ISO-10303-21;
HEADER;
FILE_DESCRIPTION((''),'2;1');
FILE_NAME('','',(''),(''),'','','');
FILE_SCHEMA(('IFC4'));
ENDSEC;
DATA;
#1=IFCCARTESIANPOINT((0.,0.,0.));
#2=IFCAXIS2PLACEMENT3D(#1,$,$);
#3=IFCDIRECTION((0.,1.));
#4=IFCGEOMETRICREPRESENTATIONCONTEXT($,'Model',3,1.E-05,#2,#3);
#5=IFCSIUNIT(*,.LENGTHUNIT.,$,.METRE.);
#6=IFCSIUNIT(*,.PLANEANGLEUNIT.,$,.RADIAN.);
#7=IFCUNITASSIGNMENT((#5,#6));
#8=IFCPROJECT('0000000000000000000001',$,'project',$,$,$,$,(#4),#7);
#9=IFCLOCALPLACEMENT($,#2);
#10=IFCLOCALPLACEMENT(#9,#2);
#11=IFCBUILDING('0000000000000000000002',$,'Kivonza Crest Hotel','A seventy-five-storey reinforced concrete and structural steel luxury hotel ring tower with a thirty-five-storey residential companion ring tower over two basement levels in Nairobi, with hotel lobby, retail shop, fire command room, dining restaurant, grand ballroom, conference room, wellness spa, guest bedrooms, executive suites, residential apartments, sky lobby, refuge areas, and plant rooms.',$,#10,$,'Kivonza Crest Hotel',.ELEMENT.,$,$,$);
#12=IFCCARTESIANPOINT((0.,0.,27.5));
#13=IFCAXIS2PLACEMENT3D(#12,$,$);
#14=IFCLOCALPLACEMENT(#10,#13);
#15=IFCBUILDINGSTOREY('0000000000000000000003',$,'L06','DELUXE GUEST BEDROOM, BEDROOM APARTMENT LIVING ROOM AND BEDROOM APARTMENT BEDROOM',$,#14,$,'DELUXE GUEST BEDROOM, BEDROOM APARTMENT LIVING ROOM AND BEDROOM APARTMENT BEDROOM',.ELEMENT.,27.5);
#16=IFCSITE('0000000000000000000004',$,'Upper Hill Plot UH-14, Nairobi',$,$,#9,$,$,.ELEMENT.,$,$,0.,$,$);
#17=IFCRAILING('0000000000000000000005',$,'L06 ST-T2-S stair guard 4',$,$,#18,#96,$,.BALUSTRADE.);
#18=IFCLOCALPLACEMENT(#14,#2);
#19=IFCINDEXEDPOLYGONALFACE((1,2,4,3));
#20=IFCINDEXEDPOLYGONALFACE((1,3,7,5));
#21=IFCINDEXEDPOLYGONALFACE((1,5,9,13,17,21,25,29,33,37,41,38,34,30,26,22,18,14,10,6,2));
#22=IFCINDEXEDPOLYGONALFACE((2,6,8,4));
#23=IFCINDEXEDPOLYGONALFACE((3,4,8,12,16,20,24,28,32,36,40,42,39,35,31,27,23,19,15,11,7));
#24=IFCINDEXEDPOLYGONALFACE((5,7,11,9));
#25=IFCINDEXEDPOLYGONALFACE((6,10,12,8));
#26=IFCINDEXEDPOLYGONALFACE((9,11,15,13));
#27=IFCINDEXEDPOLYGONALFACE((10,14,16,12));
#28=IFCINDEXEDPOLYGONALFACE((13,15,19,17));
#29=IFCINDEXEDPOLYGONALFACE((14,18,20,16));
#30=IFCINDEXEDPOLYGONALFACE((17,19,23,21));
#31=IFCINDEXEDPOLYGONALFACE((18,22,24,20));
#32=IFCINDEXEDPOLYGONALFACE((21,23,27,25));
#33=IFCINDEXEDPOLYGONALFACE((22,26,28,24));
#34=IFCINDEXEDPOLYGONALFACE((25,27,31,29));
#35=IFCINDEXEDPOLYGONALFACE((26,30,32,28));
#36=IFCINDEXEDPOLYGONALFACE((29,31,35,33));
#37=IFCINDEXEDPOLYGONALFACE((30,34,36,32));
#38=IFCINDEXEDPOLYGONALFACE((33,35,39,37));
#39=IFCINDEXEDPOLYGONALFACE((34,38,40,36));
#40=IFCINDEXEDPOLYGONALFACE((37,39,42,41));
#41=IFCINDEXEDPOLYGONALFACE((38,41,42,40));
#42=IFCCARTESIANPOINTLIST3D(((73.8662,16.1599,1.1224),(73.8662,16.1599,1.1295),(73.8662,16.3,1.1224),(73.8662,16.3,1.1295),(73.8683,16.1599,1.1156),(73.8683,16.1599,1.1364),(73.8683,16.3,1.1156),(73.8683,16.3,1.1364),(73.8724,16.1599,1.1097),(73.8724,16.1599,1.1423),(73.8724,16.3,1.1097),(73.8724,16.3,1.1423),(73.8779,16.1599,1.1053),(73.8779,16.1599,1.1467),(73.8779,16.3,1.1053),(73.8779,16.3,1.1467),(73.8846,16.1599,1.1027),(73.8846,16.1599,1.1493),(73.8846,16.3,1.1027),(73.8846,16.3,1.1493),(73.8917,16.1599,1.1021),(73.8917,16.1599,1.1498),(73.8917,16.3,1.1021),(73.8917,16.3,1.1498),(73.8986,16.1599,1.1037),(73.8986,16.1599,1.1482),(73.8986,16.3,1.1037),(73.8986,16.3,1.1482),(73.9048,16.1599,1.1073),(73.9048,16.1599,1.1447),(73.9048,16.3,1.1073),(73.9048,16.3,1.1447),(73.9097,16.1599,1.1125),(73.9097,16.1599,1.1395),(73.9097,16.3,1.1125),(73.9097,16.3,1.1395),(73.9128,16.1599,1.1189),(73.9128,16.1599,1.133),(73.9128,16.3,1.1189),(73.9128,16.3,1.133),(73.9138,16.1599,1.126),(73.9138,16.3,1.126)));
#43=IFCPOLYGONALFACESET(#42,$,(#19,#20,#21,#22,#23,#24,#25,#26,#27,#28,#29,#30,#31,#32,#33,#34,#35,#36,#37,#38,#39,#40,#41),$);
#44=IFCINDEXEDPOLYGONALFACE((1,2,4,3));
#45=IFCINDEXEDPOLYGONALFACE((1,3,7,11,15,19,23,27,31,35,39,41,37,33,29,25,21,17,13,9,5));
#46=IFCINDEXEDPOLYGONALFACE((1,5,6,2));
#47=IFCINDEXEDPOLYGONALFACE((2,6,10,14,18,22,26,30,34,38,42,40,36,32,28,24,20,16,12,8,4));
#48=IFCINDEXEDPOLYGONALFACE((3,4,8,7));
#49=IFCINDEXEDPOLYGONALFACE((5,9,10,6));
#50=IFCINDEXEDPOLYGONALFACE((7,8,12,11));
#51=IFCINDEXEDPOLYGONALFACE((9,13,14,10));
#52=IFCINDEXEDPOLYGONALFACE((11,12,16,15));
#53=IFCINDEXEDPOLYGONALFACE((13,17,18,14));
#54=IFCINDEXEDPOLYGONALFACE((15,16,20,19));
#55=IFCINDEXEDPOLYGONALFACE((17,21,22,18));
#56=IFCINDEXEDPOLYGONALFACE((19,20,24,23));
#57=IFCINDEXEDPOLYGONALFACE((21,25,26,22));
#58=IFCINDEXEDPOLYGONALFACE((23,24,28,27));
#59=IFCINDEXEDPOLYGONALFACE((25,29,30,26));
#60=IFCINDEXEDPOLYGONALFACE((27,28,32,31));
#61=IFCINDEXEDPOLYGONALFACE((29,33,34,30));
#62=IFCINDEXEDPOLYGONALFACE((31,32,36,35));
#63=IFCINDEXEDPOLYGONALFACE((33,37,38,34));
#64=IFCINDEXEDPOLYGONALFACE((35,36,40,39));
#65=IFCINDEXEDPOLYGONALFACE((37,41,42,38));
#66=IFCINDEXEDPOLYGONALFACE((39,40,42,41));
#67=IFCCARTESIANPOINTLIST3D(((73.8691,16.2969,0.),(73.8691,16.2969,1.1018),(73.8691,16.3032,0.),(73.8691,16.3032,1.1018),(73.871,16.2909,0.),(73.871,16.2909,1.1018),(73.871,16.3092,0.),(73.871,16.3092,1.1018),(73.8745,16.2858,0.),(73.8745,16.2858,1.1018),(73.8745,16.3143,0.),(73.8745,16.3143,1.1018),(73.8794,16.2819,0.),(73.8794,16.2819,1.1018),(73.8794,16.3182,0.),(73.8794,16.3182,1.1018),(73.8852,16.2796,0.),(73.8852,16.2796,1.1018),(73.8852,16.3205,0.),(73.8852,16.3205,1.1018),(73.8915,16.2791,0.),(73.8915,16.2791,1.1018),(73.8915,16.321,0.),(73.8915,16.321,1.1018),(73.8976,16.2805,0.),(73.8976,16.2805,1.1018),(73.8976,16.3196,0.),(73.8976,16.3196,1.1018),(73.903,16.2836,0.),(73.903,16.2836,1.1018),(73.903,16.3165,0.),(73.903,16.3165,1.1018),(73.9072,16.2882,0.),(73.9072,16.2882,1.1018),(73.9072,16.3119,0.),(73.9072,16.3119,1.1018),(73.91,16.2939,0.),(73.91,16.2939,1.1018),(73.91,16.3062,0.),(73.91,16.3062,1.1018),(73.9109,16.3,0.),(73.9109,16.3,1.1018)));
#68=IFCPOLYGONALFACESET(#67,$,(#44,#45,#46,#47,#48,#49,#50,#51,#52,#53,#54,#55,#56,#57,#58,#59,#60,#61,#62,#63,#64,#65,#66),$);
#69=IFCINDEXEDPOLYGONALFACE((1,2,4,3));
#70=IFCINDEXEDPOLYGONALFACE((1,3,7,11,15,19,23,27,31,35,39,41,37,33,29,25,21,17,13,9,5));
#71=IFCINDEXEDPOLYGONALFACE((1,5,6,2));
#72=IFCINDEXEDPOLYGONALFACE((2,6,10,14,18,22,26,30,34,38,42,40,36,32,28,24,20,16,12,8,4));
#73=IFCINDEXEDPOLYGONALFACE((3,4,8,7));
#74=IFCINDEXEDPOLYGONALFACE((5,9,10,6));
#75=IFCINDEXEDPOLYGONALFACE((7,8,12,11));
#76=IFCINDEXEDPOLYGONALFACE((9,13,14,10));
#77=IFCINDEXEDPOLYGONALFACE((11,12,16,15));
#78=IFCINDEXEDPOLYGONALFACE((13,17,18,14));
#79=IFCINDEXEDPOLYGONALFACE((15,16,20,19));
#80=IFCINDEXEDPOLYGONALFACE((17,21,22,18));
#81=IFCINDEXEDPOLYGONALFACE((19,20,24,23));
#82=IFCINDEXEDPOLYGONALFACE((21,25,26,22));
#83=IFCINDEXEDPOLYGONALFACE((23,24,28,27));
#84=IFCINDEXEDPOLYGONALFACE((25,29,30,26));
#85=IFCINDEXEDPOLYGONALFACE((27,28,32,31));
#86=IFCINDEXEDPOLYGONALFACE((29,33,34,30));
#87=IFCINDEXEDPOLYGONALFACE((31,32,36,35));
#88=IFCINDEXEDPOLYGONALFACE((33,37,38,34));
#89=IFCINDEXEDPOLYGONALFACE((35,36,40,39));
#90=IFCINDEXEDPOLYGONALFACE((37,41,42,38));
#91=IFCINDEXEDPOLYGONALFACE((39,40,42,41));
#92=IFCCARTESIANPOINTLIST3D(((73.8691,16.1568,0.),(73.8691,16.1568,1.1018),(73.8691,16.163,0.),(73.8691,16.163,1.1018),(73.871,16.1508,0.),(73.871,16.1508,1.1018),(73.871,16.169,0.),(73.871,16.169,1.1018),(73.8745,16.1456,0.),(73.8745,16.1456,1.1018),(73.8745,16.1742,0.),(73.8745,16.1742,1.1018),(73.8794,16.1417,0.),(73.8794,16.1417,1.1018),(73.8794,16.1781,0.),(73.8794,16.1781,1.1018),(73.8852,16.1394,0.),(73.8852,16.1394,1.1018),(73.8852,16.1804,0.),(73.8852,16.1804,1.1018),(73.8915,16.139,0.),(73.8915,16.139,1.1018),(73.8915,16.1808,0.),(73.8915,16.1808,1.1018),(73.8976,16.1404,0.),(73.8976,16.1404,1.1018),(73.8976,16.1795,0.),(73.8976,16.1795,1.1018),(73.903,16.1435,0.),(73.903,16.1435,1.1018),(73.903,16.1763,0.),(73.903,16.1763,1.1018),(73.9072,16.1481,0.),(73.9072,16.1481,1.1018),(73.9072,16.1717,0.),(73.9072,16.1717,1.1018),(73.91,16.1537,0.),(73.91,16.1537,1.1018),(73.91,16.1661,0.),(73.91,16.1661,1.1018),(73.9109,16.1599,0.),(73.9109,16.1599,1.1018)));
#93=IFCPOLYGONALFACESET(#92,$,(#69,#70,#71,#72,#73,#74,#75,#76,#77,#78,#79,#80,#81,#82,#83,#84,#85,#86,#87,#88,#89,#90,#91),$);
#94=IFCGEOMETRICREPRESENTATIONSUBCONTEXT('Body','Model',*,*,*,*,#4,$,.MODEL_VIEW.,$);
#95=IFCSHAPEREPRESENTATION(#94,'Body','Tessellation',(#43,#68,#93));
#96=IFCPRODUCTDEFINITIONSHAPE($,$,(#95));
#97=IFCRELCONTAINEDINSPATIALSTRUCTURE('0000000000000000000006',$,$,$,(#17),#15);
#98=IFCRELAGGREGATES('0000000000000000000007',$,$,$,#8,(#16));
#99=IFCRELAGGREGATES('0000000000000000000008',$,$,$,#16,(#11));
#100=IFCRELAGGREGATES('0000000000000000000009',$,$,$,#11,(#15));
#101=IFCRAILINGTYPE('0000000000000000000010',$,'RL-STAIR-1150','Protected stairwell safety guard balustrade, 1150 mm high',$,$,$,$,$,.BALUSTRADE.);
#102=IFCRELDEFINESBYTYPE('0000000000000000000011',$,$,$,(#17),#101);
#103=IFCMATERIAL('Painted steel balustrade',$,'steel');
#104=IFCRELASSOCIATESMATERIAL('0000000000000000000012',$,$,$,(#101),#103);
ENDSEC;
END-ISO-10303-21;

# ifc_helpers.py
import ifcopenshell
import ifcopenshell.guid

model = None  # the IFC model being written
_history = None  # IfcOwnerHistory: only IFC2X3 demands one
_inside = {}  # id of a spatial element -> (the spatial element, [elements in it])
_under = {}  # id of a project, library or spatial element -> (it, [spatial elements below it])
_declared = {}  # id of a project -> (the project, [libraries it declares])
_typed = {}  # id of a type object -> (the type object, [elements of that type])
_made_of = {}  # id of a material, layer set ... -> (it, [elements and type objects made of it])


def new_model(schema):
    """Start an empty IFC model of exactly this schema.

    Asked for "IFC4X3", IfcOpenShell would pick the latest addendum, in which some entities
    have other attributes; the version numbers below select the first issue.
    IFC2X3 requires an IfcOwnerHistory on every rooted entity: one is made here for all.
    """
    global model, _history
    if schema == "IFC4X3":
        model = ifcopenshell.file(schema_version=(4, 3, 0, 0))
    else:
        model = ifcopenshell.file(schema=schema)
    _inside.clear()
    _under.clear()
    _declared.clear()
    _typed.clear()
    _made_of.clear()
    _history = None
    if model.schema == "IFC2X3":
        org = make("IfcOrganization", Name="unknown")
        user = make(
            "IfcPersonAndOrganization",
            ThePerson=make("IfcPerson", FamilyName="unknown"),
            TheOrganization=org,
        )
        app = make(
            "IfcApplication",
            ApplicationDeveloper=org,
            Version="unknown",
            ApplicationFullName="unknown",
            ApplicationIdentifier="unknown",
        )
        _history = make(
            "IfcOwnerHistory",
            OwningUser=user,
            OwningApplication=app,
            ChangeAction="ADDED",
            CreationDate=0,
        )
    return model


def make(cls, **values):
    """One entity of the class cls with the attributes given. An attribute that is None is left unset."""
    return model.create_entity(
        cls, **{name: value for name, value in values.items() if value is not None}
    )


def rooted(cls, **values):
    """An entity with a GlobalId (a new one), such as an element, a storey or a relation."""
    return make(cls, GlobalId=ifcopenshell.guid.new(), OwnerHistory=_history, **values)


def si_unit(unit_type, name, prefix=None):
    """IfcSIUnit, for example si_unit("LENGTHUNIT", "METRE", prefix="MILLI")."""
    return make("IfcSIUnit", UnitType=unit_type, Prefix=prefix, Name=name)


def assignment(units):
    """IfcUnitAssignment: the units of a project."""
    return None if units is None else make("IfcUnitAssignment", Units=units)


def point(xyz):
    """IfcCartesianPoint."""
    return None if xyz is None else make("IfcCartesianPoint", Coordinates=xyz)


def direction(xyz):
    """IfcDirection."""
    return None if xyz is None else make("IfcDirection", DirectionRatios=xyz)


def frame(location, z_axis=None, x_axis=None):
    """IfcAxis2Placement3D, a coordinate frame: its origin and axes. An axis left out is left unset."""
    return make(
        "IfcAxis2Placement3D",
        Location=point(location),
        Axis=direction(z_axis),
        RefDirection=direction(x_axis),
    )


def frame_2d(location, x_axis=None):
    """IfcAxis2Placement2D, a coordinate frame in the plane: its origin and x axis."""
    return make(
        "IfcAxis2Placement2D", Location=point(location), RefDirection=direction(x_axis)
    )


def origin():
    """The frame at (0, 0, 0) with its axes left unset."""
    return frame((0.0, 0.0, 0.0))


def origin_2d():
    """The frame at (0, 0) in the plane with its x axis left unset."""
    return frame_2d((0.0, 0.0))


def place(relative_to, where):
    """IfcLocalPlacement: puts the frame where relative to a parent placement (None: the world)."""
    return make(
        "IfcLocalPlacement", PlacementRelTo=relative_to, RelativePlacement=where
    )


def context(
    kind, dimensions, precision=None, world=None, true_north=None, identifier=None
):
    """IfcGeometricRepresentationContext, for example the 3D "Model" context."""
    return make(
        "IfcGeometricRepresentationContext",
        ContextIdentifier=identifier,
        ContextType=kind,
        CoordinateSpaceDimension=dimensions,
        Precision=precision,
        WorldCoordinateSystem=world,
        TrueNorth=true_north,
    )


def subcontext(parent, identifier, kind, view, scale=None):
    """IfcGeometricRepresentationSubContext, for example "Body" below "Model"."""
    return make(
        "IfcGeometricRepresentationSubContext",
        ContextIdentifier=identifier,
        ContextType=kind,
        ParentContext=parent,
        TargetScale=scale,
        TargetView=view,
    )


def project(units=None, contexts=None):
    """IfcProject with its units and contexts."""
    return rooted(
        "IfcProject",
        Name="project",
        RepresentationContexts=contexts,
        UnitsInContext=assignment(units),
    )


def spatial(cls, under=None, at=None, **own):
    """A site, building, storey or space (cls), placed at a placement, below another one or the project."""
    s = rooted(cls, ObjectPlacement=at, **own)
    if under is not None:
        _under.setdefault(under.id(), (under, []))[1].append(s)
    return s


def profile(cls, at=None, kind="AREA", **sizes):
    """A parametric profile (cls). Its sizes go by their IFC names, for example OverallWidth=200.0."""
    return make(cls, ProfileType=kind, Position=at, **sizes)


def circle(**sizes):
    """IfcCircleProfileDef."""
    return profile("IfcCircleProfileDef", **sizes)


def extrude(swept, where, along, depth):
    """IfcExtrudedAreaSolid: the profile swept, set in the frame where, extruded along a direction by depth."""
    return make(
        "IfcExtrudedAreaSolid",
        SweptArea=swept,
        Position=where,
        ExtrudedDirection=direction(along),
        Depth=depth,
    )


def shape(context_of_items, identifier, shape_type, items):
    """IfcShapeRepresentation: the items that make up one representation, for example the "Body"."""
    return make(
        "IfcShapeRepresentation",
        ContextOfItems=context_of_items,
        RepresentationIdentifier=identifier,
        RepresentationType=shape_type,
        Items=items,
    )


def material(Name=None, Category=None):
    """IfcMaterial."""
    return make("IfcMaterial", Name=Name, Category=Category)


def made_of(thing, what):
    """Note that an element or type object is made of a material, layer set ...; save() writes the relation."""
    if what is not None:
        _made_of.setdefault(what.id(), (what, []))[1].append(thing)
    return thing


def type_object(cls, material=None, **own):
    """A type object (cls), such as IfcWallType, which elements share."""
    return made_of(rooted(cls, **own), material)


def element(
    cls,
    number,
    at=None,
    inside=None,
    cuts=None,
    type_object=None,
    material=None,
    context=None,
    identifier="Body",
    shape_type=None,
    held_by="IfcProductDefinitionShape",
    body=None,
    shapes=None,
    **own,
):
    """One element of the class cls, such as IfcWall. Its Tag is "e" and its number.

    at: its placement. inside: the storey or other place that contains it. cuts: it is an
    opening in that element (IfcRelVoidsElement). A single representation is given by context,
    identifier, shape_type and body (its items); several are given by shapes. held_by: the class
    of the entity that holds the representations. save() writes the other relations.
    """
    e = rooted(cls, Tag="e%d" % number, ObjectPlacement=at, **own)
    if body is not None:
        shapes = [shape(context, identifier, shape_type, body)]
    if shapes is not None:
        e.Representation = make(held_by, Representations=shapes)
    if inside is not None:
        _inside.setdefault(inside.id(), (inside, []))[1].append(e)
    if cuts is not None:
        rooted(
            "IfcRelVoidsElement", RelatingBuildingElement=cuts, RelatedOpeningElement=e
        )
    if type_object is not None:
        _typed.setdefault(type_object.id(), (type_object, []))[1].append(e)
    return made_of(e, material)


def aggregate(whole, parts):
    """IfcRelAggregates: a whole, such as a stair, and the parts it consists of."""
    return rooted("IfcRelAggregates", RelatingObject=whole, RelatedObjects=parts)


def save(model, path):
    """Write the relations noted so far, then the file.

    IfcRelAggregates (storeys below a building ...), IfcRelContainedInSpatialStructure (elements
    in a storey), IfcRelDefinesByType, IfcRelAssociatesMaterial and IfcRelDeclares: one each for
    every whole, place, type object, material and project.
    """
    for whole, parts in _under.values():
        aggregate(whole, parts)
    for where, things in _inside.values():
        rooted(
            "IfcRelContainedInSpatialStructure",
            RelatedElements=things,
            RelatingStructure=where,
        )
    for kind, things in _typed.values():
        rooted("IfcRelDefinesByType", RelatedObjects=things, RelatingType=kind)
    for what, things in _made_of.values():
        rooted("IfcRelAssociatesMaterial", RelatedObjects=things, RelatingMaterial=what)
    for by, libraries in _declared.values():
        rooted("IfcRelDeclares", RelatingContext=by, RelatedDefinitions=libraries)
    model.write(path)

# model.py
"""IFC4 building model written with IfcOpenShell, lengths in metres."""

from ifc_helpers import new_model, si_unit, direction, frame, origin, origin_2d, place, context, subcontext, project, spatial, circle, extrude, material, type_object, element, save


model = new_model("IFC4")

# Units and contexts
model_context = context("Model", 3, precision=1e-05, world=origin(), true_north=direction((0.0, 1.0)))
body_context = subcontext(model_context, "Body", "Model", "MODEL_VIEW")
ifc_project = project(units=[si_unit("LENGTHUNIT", "METRE"), si_unit("PLANEANGLEUNIT", "RADIAN")], contexts=[model_context])

# Site, building, storey
site_placement = place(None, origin())
site = spatial("IfcSite", under=ifc_project, at=site_placement, Name="Upper Hill Plot UH-14, Nairobi", CompositionType="ELEMENT", RefElevation=0.0)
building_placement = place(site_placement, origin())
building = spatial("IfcBuilding", under=site, at=building_placement, Name="Kivonza Crest Hotel", Description="A seventy-five-storey reinforced concrete and structural steel luxury hotel ring tower with a thirty-five-storey residential companion ring tower over two basement levels in Nairobi, with hotel lobby, retail shop, fire command room, dining restaurant, grand ballroom, conference room, wellness spa, guest bedrooms, executive suites, residential apartments, sky lobby, refuge areas, and plant rooms.", LongName="Kivonza Crest Hotel", CompositionType="ELEMENT")
storey_placement = place(building_placement, frame((0.0, 0.0, 27.5)))
storey = spatial("IfcBuildingStorey", under=building, at=storey_placement, Name="L06", Description="DELUXE GUEST BEDROOM, BEDROOM APARTMENT LIVING ROOM AND BEDROOM APARTMENT BEDROOM", LongName="DELUXE GUEST BEDROOM, BEDROOM APARTMENT LIVING ROOM AND BEDROOM APARTMENT BEDROOM", CompositionType="ELEMENT", Elevation=27.5)

# Railing
ifc_material_1 = material(Name="Painted steel balustrade", Category="steel")
railing_type_1 = type_object("IfcRailingType", Name="RL-STAIR-1150", Description="Protected stairwell safety guard balustrade, 1150 mm high", PredefinedType="BALUSTRADE", material=ifc_material_1)
railing_1_placement = place(storey_placement, frame((73.8899, 16.3, 0.0)))
element("IfcRailing", 1, at=railing_1_placement, inside=storey, type_object=railing_type_1, Name="L06 ST-T2-S stair guard 4", PredefinedType="BALUSTRADE", context=body_context, shape_type="SweptSolid", body=[
    extrude(circle(Radius=0.0239, at=origin_2d()), frame((0.0, 0.0, 1.126), z_axis=(0.0, -1.0, 0.0), x_axis=(1.0, 0.0, 0.0)), (0.0, 0.0, 1.0), 0.1401),
    extrude(circle(Radius=0.021, at=origin_2d()), origin(), (0.0, 0.0, 1.0), 1.1018),
    extrude(circle(Radius=0.021, at=origin_2d()), frame((0.0, -0.1401, 0.0)), (0.0, 0.0, 1.0), 1.1018),
])

save(model, "model.ifc")
